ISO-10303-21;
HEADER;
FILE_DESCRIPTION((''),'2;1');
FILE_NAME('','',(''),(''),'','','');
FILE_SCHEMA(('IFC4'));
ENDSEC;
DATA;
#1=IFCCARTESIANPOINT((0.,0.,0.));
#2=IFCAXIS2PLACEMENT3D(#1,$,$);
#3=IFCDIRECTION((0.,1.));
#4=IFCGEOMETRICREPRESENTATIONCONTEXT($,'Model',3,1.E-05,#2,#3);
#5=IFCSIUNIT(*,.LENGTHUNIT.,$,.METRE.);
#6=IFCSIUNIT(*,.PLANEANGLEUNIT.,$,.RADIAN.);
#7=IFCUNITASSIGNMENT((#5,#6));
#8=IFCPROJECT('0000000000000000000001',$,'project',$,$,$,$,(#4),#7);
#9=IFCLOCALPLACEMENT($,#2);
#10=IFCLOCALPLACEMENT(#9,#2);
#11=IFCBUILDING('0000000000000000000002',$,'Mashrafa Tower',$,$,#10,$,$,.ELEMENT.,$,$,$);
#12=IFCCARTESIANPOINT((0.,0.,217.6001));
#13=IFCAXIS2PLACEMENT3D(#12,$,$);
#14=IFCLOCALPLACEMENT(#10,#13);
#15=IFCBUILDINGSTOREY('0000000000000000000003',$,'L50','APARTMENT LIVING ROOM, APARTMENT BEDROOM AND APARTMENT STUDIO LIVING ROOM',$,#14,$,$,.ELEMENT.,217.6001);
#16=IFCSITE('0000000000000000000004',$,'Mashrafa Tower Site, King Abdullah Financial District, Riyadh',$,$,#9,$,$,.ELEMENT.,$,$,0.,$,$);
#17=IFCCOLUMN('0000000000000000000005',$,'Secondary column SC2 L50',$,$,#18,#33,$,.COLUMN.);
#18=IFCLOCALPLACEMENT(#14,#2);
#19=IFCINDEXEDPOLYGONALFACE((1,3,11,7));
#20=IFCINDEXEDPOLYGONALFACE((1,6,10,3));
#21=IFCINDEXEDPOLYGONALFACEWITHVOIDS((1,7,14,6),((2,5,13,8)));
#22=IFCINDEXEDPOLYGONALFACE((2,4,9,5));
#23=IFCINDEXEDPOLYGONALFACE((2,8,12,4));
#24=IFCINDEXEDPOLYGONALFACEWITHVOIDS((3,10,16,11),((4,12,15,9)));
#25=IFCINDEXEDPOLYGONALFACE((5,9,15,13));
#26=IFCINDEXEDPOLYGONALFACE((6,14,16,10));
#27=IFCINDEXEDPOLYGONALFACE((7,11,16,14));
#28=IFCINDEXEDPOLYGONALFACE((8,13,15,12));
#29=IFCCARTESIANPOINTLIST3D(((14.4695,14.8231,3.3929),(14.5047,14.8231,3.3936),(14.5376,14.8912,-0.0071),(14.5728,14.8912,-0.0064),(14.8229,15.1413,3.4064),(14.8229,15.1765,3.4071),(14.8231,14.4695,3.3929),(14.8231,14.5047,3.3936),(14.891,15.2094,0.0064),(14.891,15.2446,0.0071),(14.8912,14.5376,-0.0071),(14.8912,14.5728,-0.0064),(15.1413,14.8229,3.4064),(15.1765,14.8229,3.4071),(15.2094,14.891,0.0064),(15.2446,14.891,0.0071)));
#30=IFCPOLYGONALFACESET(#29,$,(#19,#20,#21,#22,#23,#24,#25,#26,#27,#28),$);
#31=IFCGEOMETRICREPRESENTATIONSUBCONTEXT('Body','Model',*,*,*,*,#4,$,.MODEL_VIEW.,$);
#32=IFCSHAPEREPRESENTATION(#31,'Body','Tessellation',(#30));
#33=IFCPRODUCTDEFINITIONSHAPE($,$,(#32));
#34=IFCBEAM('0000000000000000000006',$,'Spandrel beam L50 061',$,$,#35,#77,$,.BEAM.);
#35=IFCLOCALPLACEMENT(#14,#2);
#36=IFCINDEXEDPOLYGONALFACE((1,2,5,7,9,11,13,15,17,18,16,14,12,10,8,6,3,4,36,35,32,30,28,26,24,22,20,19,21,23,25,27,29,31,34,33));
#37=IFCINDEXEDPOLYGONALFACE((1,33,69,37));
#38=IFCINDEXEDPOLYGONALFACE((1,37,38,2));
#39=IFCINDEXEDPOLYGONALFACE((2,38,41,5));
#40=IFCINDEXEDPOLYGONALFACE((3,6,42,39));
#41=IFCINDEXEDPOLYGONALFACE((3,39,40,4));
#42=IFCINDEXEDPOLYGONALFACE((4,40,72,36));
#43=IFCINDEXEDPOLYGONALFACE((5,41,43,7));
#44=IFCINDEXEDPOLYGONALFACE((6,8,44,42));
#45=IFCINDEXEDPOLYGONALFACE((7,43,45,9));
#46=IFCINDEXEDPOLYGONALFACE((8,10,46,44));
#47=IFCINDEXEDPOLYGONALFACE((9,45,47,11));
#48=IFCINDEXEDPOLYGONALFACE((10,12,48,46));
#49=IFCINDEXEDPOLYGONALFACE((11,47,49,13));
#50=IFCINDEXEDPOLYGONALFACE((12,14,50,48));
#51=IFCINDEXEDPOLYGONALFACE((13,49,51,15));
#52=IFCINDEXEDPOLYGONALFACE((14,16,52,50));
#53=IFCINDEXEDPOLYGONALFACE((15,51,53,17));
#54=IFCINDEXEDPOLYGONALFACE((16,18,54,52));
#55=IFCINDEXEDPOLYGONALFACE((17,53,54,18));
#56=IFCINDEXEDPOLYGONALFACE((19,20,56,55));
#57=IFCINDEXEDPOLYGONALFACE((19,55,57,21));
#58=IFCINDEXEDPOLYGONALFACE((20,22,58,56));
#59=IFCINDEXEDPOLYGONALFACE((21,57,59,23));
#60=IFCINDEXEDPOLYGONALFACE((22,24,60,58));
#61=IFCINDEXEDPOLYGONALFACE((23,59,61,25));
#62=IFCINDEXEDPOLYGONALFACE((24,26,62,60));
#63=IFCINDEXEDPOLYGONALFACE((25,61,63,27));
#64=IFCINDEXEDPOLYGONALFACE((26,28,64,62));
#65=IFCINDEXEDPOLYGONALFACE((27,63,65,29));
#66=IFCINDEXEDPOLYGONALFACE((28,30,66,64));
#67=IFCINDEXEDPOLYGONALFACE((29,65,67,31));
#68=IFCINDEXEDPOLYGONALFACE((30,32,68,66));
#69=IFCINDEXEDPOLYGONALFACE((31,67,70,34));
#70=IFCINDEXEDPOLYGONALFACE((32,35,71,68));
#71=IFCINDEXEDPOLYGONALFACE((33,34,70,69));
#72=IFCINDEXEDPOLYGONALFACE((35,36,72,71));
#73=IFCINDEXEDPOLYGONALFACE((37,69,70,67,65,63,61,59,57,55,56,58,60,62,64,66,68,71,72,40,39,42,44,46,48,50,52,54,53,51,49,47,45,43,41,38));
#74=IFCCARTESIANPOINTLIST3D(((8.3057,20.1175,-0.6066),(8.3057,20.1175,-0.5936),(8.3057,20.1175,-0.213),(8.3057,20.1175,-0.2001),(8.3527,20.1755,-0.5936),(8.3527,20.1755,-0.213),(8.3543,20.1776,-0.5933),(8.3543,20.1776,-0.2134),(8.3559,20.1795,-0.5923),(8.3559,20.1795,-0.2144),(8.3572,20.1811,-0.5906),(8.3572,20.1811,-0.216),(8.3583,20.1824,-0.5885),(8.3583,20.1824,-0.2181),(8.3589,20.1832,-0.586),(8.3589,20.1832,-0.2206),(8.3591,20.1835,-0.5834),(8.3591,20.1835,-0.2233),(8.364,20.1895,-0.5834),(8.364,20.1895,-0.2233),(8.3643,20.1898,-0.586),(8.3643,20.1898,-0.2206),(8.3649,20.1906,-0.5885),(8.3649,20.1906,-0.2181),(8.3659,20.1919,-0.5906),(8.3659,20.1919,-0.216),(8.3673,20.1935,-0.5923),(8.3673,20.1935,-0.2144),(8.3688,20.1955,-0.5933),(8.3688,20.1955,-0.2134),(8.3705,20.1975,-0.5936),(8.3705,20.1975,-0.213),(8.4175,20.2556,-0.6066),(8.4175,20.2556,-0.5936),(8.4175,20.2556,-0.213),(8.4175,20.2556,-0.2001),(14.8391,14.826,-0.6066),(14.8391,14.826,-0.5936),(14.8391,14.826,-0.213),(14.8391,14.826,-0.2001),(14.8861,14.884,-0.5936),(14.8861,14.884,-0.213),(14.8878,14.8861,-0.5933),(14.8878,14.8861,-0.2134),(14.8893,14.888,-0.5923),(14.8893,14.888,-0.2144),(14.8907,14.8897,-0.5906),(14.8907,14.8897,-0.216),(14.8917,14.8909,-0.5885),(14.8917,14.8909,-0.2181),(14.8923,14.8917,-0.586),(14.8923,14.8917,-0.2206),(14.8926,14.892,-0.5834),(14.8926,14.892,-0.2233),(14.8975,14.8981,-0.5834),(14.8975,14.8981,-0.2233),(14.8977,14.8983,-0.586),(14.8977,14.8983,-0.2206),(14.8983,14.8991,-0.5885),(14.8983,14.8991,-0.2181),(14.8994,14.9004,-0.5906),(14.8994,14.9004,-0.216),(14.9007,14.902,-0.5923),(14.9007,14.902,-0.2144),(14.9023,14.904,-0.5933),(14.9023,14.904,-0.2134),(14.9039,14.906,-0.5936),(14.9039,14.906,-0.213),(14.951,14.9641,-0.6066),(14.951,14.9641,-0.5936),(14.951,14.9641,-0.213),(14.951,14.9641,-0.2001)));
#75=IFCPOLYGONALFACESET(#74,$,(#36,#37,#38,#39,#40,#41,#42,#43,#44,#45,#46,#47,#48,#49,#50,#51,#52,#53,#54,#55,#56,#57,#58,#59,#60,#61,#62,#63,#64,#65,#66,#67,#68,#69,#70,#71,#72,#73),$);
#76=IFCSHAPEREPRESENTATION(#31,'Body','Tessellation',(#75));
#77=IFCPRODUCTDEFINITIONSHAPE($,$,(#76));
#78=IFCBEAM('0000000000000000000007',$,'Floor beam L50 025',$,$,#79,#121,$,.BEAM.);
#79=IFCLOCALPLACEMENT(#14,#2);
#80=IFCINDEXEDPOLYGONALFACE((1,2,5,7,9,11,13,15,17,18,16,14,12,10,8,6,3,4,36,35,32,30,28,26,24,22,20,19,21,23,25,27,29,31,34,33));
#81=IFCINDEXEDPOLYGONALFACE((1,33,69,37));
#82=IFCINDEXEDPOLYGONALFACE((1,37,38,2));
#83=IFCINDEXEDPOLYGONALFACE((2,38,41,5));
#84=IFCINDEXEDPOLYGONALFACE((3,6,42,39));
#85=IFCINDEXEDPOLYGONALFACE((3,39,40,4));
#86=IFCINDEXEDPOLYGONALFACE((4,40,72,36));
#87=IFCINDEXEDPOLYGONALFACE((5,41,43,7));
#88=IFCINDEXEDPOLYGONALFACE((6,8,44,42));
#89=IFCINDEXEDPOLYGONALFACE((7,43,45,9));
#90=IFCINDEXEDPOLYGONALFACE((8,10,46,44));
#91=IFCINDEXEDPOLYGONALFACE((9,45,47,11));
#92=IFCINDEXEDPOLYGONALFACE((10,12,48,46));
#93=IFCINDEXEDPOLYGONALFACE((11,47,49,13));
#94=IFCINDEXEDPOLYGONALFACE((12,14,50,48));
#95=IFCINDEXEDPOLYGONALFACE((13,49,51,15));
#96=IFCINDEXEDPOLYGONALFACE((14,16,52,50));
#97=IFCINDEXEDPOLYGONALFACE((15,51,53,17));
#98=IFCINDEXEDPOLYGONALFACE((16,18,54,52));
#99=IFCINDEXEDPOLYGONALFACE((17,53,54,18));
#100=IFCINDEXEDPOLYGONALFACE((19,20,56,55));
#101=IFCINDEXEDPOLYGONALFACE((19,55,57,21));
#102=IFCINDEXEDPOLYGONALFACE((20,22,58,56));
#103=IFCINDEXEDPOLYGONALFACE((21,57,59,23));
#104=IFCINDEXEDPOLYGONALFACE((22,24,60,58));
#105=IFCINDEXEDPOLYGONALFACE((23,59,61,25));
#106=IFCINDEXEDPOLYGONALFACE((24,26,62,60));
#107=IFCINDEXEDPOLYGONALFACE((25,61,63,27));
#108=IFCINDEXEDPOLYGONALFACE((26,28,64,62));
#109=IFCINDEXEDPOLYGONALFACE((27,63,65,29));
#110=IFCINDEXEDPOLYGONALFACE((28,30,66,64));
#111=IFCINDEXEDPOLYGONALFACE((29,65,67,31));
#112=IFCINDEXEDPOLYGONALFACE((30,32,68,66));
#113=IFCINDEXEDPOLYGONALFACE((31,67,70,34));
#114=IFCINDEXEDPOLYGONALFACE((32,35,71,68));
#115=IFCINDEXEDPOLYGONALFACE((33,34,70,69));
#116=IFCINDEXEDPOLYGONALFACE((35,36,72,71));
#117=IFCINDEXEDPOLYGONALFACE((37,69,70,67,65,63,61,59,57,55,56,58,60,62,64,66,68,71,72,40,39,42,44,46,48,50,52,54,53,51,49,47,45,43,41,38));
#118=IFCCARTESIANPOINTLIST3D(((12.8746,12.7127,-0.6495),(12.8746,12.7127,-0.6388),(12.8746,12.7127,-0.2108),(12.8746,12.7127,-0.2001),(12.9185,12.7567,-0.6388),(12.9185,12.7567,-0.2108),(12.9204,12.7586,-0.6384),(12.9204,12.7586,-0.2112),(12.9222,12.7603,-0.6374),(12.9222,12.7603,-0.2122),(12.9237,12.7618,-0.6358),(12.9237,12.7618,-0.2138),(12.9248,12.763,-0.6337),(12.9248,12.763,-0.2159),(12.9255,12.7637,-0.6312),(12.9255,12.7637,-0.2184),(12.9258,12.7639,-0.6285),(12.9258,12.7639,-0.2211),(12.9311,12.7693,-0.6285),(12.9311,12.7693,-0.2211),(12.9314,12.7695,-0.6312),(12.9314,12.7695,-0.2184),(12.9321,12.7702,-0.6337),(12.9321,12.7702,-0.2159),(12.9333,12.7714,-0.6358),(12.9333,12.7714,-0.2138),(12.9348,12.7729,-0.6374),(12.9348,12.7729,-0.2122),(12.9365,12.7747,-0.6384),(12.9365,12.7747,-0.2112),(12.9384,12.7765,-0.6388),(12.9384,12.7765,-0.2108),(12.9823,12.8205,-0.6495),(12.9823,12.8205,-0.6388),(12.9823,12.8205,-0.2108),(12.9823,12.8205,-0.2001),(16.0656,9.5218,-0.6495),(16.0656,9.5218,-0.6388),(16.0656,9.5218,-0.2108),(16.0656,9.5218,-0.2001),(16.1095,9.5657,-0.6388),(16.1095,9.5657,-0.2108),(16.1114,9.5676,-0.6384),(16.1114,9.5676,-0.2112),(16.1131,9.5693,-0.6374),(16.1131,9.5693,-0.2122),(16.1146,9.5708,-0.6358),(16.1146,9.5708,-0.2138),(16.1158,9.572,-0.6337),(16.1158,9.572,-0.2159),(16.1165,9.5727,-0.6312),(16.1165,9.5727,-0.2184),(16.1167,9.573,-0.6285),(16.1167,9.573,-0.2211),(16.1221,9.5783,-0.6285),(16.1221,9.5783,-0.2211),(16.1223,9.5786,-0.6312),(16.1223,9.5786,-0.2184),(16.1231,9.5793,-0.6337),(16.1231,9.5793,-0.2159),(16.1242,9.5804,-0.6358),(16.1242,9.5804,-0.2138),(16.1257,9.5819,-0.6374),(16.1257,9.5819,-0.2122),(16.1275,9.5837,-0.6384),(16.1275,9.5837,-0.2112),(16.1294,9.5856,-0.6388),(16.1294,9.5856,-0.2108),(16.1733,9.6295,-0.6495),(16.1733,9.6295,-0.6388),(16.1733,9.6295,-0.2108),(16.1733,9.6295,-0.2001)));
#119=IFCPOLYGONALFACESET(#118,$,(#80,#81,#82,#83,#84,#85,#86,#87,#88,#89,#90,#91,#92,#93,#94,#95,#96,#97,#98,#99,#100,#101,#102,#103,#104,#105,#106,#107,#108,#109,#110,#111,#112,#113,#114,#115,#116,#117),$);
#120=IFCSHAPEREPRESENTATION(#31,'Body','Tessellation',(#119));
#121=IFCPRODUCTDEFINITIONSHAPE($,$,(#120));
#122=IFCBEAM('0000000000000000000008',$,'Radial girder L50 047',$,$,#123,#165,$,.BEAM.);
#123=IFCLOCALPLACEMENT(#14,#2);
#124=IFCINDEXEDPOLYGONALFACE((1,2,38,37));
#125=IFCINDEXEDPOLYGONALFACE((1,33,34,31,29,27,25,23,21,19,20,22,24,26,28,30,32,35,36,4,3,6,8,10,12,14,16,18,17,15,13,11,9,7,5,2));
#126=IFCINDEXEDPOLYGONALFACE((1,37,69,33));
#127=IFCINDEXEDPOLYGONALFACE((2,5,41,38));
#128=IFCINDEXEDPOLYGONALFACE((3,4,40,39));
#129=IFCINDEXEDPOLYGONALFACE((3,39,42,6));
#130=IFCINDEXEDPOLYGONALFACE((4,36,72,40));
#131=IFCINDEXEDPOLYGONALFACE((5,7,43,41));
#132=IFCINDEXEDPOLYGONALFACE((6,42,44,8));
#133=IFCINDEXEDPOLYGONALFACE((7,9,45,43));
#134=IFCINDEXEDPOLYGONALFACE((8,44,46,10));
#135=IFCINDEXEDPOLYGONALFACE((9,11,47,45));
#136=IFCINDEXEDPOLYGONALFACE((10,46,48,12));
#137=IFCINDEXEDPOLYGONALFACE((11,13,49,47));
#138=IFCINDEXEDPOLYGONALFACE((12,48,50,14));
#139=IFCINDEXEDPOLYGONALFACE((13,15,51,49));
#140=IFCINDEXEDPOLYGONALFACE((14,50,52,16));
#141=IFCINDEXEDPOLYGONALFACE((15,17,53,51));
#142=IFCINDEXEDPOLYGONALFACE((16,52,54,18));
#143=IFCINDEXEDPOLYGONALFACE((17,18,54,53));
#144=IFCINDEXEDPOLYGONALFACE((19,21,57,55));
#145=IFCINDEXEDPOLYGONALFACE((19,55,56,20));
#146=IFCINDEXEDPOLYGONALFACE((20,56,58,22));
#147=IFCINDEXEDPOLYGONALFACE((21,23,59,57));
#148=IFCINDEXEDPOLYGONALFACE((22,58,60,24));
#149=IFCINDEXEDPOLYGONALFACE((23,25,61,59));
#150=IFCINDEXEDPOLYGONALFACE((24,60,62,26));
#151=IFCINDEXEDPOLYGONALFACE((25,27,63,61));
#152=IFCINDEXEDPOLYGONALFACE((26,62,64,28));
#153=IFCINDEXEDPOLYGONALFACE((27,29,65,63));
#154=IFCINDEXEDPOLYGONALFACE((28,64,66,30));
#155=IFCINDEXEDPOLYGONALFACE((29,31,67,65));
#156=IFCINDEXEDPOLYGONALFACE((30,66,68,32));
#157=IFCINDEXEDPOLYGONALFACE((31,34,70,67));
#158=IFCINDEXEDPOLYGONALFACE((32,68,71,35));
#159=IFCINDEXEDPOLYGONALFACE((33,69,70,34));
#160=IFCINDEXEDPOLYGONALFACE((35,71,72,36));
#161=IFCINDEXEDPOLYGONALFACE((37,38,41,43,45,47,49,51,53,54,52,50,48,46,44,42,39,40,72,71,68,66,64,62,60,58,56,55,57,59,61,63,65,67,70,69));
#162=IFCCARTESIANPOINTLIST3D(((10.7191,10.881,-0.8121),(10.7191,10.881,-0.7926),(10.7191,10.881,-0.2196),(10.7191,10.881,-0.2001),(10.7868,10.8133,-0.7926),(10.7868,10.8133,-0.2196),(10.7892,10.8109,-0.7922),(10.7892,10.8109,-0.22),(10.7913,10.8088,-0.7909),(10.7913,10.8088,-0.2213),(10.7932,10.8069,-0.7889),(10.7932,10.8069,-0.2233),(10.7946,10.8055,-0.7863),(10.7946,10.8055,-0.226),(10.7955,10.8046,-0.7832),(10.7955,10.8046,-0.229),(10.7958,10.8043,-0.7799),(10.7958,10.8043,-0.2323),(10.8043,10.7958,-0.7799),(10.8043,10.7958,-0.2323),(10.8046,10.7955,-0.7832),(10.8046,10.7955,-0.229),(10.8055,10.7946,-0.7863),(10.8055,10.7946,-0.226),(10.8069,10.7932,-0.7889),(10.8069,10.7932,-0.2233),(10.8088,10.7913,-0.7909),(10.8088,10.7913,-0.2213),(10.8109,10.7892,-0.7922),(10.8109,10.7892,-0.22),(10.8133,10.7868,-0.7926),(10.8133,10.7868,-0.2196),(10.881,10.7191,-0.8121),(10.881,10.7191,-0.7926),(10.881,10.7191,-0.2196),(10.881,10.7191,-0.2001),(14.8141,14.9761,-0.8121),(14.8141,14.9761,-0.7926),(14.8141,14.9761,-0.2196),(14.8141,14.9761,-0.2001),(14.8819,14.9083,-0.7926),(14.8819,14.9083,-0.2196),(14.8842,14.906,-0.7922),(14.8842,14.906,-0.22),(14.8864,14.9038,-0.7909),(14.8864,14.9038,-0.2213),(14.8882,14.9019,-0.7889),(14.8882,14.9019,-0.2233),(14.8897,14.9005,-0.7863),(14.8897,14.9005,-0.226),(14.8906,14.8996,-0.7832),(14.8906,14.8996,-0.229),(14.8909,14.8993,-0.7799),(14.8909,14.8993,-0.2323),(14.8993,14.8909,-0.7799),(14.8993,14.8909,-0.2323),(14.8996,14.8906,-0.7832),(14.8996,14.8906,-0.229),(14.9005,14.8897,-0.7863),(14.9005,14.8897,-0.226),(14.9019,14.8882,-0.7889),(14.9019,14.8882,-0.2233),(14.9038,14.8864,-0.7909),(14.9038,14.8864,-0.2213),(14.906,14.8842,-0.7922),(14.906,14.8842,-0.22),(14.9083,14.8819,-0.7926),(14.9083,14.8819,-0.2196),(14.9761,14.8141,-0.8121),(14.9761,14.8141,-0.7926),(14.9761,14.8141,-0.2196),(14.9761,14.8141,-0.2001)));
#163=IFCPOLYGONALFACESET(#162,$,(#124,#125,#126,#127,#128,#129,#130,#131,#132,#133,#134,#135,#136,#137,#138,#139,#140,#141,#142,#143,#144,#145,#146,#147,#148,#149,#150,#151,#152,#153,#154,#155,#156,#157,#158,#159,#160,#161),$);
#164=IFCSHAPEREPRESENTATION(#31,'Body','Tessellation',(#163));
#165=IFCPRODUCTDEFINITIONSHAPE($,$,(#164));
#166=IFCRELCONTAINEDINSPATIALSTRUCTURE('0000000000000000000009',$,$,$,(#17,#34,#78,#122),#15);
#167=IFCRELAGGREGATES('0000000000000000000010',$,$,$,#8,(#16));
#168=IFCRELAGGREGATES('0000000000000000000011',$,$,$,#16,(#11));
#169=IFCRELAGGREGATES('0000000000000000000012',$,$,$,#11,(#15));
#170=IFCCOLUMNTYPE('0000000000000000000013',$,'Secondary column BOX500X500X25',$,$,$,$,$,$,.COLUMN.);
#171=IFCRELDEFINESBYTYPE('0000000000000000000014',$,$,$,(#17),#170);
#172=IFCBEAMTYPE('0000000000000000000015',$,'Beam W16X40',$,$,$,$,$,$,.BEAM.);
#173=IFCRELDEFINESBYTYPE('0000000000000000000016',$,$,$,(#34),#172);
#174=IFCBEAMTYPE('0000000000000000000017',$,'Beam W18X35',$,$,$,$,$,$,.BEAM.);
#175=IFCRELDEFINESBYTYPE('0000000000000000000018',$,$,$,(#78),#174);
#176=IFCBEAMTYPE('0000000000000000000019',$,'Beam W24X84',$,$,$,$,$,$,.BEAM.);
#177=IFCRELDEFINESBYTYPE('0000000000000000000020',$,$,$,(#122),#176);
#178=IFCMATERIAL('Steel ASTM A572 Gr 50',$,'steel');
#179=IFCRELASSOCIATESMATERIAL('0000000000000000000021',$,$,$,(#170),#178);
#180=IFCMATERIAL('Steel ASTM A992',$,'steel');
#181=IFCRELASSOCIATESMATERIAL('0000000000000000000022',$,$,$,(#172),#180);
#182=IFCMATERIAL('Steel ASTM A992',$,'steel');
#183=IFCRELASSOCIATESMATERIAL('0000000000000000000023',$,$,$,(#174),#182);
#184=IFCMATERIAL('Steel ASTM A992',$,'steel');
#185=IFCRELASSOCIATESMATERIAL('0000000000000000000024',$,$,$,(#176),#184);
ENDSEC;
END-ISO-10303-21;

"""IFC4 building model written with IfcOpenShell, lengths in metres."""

from ifc_helpers import new_model, si_unit, direction, frame, origin, origin_2d, place, context, subcontext, project, spatial, hollow_rectangle, i_section, extrude, material, material_profile, profile_set, type_object, element, save


model = new_model("IFC4")

# Units and contexts
model_context = context("Model", 3, precision=1e-05, world=origin(), true_north=direction((0.0, 1.0)))
body_context = subcontext(model_context, "Body", "Model", "MODEL_VIEW")
ifc_project = project(units=[si_unit("LENGTHUNIT", "METRE"), si_unit("PLANEANGLEUNIT", "RADIAN")], contexts=[model_context])

# Site, building, storey
site_placement = place(None, origin())
site = spatial("IfcSite", under=ifc_project, at=site_placement, Name="Mashrafa Tower Site, King Abdullah Financial District, Riyadh", CompositionType="ELEMENT", RefElevation=0.0)
building_placement = place(site_placement, origin())
building = spatial("IfcBuilding", under=site, at=building_placement, Name="Mashrafa Tower", CompositionType="ELEMENT")
storey_placement = place(building_placement, frame((0.0, 0.0, 217.6001)))
storey = spatial("IfcBuildingStorey", under=building, at=storey_placement, Name="L50", Description="APARTMENT LIVING ROOM, APARTMENT BEDROOM AND APARTMENT STUDIO LIVING ROOM", CompositionType="ELEMENT", Elevation=217.6001)

# Column
ifc_material_1 = material(Name="Steel ASTM A572 Gr 50", Category="steel")
ifc_material_profile_1 = material_profile(ifc_material_1, hollow_rectangle(XDim=0.5, YDim=0.5, WallThickness=0.0249, at=origin_2d()), Name="BOX500X500X25")
ifc_profile_set_1 = profile_set([ifc_material_profile_1], Name="Steel ASTM A572 Gr 50")
column_type = type_object("IfcColumnType", Name="Secondary column BOX500X500X25", PredefinedType="COLUMN", material=ifc_profile_set_1)
column_placement = place(storey_placement, frame((14.8911, 14.8911, 0.0), z_axis=(-0.020026, -0.020026, 0.999599), x_axis=(0.707107, -0.707107, 0.0)))
element("IfcColumn", 1, at=column_placement, inside=storey, type_object=column_type, Name="Secondary column SC2 L50", PredefinedType="COLUMN", context=body_context, shape_type="SweptSolid", body=[
    extrude(hollow_rectangle(XDim=0.5, YDim=0.5, WallThickness=0.0249, at=origin_2d()), origin(), (0.0, 0.0, 1.0), 3.4014),
])

# Beams
ifc_material_2 = material(Name="Steel ASTM A992", Category="steel")
ifc_material_profile_2 = material_profile(ifc_material_2, i_section(OverallWidth=0.1777, OverallDepth=0.4065, WebThickness=0.0078, FlangeThickness=0.0129, FilletRadius=0.0103, at=origin_2d()), Name="W16X40")
ifc_profile_set_2 = profile_set([ifc_material_profile_2], Name="Steel ASTM A992")
beam_type_1 = type_object("IfcBeamType", Name="Beam W16X40", PredefinedType="BEAM", material=ifc_profile_set_2)
beam_1_placement = place(storey_placement, frame((14.895, 14.895, -0.4033), z_axis=(-0.777098, 0.629379, 0.0), x_axis=(-0.629379, -0.777098, 0.0)))
element("IfcBeam", 2, at=beam_1_placement, inside=storey, type_object=beam_type_1, Name="Spandrel beam L50 061", PredefinedType="BEAM", context=body_context, shape_type="SweptSolid", body=[
    extrude(i_section(OverallWidth=0.1777, OverallDepth=0.4065, WebThickness=0.0078, FlangeThickness=0.0129, FilletRadius=0.0103, at=origin_2d()), origin(), (0.0, 0.0, 1.0), 8.4075),
])
ifc_material_3 = material(Name="Steel ASTM A992", Category="steel")
ifc_material_profile_3 = material_profile(ifc_material_3, i_section(OverallWidth=0.1523, OverallDepth=0.4495, WebThickness=0.0076, FlangeThickness=0.0107, FilletRadius=0.0103, at=origin_2d()), Name="W18X35")
ifc_profile_set_3 = profile_set([ifc_material_profile_3], Name="Steel ASTM A992")
beam_type_2 = type_object("IfcBeamType", Name="Beam W18X35", PredefinedType="BEAM", material=ifc_profile_set_3)
beam_2_placement = place(storey_placement, frame((12.9285, 12.7666, -0.4248), z_axis=(0.707107, -0.707107, 0.0), x_axis=(0.707107, 0.707107, 0.0)))
element("IfcBeam", 3, at=beam_2_placement, inside=storey, type_object=beam_type_2, Name="Floor beam L50 025", PredefinedType="BEAM", context=body_context, shape_type="SweptSolid", body=[
    extrude(i_section(OverallWidth=0.1523, OverallDepth=0.4495, WebThickness=0.0076, FlangeThickness=0.0107, FilletRadius=0.0103, at=origin_2d()), origin(), (0.0, 0.0, 1.0), 4.5127),
])
ifc_material_4 = material(Name="Steel ASTM A992", Category="steel")
ifc_material_profile_4 = material_profile(ifc_material_4, i_section(OverallWidth=0.229, OverallDepth=0.6121, WebThickness=0.012, FlangeThickness=0.0195, FilletRadius=0.0127, at=origin_2d()), Name="W24X84")
ifc_profile_set_4 = profile_set([ifc_material_profile_4], Name="Steel ASTM A992")
beam_type_3 = type_object("IfcBeamType", Name="Beam W24X84", PredefinedType="BEAM", material=ifc_profile_set_4)
beam_3_placement = place(storey_placement, frame((10.8, 10.8, -0.5061), z_axis=(0.707107, 0.707107, 0.0), x_axis=(-0.707107, 0.707107, 0.0)))
element("IfcBeam", 4, at=beam_3_placement, inside=storey, type_object=beam_type_3, Name="Radial girder L50 047", PredefinedType="BEAM", context=body_context, shape_type="SweptSolid", body=[
    extrude(i_section(OverallWidth=0.229, OverallDepth=0.6121, WebThickness=0.012, FlangeThickness=0.0195, FilletRadius=0.0127, at=origin_2d()), origin(), (0.0, 0.0, 1.0), 5.7913),
])

save(model, "model.ifc")
